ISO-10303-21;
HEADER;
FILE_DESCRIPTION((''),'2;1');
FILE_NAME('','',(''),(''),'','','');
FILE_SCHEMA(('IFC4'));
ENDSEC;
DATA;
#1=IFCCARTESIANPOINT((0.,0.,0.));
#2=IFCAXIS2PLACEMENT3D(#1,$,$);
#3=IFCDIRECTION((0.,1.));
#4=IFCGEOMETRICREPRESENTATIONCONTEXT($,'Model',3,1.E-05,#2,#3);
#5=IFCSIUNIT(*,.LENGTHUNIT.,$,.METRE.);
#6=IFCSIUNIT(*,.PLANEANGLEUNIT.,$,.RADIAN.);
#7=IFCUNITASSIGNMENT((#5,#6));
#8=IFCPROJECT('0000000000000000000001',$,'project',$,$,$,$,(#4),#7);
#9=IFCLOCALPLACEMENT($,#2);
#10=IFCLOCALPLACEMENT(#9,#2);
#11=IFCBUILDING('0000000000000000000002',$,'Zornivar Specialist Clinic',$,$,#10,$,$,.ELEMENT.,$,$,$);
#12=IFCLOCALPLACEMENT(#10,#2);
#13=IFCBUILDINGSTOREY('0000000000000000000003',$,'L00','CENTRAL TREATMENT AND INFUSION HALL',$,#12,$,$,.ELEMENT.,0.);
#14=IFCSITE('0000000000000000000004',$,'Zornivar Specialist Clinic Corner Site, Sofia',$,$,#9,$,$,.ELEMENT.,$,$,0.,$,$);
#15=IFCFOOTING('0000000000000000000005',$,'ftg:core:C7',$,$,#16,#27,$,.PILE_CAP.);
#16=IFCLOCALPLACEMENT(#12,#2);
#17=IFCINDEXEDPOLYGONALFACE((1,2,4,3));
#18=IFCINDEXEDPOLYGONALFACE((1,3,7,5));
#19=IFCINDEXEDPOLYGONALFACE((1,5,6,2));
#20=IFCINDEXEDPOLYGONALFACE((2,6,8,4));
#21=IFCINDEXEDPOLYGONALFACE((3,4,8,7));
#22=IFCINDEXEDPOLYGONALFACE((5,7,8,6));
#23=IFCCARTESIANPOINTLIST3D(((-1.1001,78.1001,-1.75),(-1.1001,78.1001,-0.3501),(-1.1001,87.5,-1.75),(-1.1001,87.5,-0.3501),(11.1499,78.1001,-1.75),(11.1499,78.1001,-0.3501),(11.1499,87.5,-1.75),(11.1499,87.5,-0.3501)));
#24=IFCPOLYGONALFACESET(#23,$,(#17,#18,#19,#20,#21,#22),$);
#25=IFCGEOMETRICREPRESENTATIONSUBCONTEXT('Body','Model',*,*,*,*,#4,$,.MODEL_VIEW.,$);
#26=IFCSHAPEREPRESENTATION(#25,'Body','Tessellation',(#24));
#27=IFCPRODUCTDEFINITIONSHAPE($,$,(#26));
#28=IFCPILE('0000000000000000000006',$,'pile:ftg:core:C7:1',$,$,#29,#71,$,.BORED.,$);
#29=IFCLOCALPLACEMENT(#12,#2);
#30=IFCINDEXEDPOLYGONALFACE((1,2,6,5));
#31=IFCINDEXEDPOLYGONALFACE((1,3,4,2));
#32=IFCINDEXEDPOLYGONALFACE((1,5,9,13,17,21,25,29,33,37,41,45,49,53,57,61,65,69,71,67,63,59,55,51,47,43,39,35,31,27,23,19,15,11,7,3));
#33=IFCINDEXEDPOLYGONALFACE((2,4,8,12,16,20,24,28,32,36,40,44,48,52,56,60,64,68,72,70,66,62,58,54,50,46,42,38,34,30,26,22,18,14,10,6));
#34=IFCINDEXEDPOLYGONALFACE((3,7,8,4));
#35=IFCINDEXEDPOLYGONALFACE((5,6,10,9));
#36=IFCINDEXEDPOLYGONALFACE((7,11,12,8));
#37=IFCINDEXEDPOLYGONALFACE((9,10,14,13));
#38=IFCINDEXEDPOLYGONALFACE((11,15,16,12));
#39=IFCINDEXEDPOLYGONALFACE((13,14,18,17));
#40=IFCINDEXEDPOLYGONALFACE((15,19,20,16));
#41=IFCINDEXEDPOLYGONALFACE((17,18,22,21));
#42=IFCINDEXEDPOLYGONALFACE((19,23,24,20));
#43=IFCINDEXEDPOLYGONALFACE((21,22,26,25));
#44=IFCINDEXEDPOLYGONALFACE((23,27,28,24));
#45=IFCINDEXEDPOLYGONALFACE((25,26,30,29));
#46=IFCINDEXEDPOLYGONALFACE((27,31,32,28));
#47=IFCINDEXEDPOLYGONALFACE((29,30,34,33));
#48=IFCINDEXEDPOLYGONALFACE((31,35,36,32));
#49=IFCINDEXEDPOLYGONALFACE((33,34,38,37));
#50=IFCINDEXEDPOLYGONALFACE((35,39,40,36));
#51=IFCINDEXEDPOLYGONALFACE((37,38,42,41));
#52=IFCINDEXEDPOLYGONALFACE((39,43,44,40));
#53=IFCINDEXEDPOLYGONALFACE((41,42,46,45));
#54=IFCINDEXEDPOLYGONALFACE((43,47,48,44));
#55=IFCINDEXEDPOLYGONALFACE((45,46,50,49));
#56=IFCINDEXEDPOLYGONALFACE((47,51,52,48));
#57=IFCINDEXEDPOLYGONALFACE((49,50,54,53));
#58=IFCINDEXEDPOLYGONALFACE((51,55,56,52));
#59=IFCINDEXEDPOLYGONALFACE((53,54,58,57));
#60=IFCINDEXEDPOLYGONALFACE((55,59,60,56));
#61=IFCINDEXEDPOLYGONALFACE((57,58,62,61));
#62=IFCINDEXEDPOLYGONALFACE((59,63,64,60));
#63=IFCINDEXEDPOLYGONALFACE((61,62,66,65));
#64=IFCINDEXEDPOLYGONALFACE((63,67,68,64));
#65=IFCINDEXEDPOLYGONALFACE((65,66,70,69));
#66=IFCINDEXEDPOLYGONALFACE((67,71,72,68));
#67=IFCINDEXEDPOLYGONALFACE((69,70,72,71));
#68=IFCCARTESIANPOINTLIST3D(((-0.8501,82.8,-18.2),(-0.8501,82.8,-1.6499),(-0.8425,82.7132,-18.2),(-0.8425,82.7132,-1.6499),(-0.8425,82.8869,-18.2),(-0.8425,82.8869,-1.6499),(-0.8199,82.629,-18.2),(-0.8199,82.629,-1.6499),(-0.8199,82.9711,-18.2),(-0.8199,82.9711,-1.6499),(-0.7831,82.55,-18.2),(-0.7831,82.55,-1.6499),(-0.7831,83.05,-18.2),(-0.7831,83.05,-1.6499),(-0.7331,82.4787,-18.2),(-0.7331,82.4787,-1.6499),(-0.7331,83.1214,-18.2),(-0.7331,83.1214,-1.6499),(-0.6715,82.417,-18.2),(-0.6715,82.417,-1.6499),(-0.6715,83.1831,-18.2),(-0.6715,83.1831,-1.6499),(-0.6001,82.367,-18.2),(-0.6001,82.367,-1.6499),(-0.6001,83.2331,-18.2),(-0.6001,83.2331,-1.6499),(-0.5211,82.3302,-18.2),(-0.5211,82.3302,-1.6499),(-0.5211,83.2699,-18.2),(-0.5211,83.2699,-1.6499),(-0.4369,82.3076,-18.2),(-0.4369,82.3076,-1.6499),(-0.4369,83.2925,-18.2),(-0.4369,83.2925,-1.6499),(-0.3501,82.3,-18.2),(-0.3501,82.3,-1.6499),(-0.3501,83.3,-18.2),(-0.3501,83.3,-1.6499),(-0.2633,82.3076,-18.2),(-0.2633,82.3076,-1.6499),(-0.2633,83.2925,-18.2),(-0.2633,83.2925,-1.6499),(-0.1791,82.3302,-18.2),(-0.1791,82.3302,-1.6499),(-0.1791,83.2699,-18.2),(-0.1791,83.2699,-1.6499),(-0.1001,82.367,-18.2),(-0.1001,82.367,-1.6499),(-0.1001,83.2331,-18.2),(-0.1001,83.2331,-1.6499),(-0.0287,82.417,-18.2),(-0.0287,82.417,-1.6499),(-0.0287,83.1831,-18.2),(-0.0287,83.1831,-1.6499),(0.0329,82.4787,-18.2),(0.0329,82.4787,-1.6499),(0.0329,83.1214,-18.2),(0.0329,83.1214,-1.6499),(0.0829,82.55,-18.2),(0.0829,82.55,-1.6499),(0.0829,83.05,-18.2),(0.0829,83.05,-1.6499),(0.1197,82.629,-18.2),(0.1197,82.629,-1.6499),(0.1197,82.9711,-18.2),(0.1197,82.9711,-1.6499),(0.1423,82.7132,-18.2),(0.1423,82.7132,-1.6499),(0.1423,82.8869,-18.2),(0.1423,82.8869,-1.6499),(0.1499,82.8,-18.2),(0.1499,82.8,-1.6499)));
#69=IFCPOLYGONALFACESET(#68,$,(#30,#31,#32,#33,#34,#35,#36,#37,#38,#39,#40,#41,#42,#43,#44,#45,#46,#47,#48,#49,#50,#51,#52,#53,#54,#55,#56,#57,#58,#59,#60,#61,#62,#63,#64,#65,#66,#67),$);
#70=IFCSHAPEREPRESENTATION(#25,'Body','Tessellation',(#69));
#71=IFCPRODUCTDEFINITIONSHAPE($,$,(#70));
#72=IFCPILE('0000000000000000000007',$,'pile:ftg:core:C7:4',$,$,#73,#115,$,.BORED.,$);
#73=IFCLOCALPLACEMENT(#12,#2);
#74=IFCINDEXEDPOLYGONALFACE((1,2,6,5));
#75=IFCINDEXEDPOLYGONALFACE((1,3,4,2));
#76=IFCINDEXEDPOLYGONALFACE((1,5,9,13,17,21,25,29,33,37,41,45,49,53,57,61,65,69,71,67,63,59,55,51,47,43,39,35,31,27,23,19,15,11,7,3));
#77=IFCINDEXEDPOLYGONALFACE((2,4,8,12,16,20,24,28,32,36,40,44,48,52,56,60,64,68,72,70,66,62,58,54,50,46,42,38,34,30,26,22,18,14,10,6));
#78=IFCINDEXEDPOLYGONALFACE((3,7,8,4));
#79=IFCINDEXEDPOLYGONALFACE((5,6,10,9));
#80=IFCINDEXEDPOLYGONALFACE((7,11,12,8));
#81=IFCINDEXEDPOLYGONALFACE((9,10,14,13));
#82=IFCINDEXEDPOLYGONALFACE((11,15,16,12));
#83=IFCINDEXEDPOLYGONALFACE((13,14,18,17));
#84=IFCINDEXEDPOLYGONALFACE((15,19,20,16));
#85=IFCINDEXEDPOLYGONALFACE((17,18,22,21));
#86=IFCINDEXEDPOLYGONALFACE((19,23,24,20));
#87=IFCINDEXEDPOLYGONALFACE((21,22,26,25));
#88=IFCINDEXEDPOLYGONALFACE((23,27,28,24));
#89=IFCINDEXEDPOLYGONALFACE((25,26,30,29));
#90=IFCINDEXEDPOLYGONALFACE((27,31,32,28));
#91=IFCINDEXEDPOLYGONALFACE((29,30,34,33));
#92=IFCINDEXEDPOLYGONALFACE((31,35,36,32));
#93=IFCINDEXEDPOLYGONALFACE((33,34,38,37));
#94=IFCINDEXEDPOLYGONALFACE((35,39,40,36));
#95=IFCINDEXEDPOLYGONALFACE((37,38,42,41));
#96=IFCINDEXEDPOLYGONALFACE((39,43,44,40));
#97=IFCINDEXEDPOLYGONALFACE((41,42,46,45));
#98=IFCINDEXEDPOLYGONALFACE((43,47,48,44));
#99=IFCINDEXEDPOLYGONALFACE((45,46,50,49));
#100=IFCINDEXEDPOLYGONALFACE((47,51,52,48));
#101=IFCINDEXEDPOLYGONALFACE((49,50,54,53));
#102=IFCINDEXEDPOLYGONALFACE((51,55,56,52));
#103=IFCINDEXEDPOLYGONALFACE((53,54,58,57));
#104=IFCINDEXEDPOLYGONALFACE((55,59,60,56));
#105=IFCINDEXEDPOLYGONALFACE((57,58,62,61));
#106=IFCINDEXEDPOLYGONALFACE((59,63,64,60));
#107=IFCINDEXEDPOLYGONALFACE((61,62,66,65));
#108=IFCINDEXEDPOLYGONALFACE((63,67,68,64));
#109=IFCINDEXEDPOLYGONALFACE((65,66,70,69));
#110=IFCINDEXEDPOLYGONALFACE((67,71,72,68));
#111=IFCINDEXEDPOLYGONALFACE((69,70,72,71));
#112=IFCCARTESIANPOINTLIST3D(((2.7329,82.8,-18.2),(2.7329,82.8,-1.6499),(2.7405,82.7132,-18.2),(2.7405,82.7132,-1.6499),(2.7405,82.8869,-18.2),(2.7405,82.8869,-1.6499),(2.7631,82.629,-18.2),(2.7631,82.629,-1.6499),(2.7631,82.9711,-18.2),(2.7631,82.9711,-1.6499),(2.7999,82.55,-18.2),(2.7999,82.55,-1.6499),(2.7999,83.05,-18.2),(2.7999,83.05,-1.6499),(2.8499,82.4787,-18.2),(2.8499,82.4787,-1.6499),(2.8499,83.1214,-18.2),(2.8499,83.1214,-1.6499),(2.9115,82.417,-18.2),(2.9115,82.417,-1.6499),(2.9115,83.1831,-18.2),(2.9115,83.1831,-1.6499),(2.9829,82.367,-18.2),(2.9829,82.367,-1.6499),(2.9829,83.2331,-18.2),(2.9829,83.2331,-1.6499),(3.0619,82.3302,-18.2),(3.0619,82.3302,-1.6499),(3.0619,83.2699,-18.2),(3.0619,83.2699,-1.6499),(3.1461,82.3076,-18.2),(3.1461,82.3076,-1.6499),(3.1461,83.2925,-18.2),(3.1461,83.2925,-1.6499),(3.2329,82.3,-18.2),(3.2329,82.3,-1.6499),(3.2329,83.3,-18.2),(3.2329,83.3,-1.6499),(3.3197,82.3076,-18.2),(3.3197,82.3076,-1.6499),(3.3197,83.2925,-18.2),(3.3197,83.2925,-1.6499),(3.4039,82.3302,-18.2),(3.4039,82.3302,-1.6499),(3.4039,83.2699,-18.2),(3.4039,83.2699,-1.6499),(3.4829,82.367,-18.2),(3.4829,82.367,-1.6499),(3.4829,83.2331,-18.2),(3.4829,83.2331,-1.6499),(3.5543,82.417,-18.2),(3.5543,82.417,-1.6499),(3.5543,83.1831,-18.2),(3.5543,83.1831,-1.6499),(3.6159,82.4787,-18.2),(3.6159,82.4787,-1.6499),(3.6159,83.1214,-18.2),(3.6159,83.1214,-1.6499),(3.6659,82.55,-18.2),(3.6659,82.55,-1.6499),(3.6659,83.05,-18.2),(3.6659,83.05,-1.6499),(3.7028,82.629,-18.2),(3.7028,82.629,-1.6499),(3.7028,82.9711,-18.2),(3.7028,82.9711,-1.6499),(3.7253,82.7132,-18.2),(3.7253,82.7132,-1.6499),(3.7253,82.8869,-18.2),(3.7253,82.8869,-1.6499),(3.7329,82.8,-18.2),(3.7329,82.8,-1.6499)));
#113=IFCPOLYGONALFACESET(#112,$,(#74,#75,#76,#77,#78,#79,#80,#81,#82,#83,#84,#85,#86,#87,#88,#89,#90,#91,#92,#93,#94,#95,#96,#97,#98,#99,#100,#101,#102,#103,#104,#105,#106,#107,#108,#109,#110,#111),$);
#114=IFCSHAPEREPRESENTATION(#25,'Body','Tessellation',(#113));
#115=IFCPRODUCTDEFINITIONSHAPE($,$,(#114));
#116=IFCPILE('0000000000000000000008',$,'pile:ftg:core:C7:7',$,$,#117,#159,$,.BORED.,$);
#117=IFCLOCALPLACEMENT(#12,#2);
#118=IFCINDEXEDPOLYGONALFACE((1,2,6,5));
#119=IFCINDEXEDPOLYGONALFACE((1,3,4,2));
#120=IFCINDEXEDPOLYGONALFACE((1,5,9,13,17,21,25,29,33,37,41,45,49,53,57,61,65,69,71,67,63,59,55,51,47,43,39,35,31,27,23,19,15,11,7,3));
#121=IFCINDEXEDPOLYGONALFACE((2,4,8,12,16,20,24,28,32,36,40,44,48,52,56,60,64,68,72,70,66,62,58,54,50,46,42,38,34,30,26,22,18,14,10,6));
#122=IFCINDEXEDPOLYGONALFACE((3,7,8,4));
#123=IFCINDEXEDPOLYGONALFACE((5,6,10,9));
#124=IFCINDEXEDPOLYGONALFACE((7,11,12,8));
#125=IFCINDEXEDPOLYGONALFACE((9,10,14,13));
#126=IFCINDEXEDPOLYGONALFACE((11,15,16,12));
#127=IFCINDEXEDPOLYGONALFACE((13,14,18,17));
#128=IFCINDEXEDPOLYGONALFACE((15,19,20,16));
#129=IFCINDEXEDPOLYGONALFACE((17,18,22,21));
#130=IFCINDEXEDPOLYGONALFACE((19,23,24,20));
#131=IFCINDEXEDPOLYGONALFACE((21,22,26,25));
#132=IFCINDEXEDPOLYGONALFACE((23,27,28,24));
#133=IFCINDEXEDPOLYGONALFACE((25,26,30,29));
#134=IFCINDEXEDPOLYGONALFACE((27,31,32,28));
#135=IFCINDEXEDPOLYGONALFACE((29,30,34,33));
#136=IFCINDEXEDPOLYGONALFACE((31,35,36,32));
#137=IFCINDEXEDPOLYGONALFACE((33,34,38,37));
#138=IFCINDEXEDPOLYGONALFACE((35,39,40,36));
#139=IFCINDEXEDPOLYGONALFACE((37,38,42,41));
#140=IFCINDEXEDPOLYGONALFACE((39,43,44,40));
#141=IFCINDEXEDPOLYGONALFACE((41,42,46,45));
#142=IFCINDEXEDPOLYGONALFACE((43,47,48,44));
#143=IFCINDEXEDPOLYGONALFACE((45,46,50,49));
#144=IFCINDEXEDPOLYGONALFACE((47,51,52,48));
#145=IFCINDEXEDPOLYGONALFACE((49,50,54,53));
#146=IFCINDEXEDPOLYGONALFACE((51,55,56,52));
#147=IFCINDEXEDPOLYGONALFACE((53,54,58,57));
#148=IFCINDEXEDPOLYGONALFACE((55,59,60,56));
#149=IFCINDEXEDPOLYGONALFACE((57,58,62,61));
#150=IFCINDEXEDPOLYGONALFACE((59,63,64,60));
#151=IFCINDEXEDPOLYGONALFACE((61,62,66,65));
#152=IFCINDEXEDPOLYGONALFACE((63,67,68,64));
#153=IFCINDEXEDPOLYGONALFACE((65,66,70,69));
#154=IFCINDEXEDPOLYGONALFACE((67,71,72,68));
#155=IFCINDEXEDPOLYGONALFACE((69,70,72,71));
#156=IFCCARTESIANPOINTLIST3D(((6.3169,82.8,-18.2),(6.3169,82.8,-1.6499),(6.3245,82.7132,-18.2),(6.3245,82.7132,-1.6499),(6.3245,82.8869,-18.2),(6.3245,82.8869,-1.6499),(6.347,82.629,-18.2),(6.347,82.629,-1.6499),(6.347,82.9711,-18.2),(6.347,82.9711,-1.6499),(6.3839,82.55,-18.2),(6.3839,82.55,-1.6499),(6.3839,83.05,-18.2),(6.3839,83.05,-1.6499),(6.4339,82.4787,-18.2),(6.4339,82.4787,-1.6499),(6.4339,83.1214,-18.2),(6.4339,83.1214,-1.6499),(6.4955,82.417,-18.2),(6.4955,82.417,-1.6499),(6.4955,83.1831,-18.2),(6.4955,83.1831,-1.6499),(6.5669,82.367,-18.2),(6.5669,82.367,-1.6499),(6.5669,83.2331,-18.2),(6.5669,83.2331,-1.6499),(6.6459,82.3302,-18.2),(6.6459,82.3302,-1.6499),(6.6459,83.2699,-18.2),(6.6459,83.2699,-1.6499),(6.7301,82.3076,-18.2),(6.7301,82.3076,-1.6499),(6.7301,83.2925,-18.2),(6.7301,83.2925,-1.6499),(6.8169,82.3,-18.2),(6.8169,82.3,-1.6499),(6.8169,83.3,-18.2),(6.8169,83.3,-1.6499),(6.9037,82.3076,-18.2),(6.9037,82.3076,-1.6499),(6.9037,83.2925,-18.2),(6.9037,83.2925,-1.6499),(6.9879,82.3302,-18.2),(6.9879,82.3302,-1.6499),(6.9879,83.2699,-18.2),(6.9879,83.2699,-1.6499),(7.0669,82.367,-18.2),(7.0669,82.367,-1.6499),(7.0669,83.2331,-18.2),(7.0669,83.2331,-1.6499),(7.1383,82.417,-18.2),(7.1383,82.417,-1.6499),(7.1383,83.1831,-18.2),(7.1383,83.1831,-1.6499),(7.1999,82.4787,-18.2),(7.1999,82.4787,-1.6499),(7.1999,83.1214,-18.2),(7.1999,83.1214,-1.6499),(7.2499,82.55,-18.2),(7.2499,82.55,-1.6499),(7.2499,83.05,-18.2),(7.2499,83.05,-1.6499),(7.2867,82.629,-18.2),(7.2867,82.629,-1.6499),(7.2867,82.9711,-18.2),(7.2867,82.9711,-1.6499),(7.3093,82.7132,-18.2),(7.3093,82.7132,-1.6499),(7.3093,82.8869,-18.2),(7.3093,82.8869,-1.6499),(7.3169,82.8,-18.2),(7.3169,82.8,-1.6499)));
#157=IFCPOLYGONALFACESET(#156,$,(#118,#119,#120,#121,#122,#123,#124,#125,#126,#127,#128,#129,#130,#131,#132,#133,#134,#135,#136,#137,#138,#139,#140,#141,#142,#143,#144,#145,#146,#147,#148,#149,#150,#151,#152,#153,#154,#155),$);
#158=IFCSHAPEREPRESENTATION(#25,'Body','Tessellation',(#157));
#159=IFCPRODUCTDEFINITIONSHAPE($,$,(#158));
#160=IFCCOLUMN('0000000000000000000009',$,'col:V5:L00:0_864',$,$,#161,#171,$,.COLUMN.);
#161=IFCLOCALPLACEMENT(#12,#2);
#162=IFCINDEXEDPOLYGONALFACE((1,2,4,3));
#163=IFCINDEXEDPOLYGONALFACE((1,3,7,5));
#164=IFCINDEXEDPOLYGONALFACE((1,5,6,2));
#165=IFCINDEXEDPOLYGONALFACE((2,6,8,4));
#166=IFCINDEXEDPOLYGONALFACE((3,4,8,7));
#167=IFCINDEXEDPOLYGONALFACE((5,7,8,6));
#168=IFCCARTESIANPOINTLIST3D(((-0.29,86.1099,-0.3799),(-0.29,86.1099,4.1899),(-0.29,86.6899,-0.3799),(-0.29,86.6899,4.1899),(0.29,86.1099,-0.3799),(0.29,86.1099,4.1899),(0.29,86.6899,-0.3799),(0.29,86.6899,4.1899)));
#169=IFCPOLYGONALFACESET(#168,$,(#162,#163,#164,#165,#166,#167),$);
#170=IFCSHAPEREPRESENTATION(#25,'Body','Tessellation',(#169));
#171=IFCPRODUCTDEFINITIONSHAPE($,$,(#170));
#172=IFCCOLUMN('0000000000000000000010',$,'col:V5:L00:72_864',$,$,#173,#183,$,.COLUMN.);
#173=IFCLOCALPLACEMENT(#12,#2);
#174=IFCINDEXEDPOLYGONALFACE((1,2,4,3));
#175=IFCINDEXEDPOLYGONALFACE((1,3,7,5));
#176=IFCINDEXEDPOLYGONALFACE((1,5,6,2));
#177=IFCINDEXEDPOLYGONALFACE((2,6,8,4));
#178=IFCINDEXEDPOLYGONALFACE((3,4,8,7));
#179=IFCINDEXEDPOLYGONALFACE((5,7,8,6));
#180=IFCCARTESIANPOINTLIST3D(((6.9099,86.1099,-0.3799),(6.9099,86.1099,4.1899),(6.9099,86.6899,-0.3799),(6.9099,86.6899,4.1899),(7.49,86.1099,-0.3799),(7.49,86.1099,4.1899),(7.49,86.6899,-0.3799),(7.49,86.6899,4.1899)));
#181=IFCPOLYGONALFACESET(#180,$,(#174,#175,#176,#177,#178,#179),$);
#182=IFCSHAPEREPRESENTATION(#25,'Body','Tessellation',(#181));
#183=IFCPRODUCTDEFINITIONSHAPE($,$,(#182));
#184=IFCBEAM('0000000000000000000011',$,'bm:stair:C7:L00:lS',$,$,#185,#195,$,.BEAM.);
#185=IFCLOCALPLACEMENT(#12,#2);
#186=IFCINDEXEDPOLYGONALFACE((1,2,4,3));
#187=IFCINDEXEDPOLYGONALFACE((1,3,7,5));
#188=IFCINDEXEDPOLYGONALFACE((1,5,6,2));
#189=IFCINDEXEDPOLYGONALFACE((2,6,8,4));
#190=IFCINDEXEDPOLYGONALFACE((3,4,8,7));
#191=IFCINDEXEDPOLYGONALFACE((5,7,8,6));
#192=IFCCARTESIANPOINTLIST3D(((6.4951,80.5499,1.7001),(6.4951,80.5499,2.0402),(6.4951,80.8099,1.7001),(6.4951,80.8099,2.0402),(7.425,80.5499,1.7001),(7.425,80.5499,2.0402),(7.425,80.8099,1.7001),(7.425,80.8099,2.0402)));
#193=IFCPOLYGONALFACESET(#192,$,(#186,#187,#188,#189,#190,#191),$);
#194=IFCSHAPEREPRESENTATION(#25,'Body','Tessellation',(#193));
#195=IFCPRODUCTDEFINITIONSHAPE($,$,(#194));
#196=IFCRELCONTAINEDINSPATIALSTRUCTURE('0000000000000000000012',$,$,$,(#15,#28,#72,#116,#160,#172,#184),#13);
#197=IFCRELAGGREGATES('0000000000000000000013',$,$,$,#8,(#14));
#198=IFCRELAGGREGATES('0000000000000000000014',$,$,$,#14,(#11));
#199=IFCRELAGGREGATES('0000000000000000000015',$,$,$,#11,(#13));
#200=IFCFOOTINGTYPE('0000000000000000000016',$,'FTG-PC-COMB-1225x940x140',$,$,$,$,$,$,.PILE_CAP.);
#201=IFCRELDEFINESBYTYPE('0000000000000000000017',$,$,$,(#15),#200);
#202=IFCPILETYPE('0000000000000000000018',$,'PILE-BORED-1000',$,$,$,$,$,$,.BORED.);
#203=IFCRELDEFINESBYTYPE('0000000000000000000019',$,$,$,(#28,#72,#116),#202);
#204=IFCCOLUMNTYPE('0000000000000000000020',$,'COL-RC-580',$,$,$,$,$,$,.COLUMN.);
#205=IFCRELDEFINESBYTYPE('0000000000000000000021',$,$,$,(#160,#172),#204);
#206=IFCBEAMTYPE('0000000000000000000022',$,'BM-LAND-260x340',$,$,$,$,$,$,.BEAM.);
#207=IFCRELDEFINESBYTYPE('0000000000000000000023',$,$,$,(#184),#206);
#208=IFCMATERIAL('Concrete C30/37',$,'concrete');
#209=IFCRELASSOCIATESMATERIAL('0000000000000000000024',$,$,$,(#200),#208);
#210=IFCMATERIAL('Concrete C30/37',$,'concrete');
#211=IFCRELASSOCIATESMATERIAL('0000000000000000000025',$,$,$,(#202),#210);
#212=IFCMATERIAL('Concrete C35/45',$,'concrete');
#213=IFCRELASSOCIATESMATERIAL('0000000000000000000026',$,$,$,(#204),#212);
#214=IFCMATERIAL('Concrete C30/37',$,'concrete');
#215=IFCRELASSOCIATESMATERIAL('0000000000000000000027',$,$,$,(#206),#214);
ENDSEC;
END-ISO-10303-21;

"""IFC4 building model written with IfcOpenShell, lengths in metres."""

from ifc_helpers import new_model, si_unit, direction, frame, origin, origin_2d, place, context, subcontext, project, spatial, rectangle, circle, extrude, material, material_profile, profile_set, type_object, element, save


model = new_model("IFC4")

# Units and contexts
model_context = context("Model", 3, precision=1e-05, world=origin(), true_north=direction((0.0, 1.0)))
body_context = subcontext(model_context, "Body", "Model", "MODEL_VIEW")
ifc_project = project(units=[si_unit("LENGTHUNIT", "METRE"), si_unit("PLANEANGLEUNIT", "RADIAN")], contexts=[model_context])

# Site, building, storey
site_placement = place(None, origin())
site = spatial("IfcSite", under=ifc_project, at=site_placement, Name="Zornivar Specialist Clinic Corner Site, Sofia", CompositionType="ELEMENT", RefElevation=0.0)
building_placement = place(site_placement, origin())
building = spatial("IfcBuilding", under=site, at=building_placement, Name="Zornivar Specialist Clinic", CompositionType="ELEMENT")
storey_placement = place(building_placement, origin())
storey = spatial("IfcBuildingStorey", under=building, at=storey_placement, Name="L00", Description="CENTRAL TREATMENT AND INFUSION HALL", CompositionType="ELEMENT", Elevation=0.0)

# Footing
ifc_material_1 = material(Name="Concrete C30/37", Category="concrete")
footing_type = type_object("IfcFootingType", Name="FTG-PC-COMB-1225x940x140", PredefinedType="PILE_CAP", material=ifc_material_1)
footing_placement = place(storey_placement, frame((5.0249, 82.8, -1.75), z_axis=(0.0, 0.0, 1.0), x_axis=(1.0, 0.0, 0.0)))
element("IfcFooting", 1, at=footing_placement, inside=storey, type_object=footing_type, Name="ftg:core:C7", PredefinedType="PILE_CAP", context=body_context, shape_type="SweptSolid", body=[
    extrude(rectangle(XDim=12.25, YDim=9.3999, at=origin_2d()), origin(), (0.0, 0.0, 1.0), 1.3999),
])

# Piles
ifc_material_2 = material(Name="Concrete C30/37", Category="concrete")
ifc_material_profile_1 = material_profile(ifc_material_2, circle(Radius=0.5, at=origin_2d()), Name="PILE D1000")
ifc_profile_set_1 = profile_set([ifc_material_profile_1], Name="Concrete C30/37")
pile_type = type_object("IfcPileType", Name="PILE-BORED-1000", PredefinedType="BORED", material=ifc_profile_set_1)
for number, where, z_axis, x_axis, name in (
    (2, (-0.3501, 82.8, -1.6499), (0.0, 0.0, -1.0), (1.0, 0.0, 0.0), "pile:ftg:core:C7:1"),
    (3, (3.2329, 82.8, -1.6499), (0.0, 0.0, -1.0), (1.0, 0.0, 0.0), "pile:ftg:core:C7:4"),
    (4, (6.8169, 82.8, -1.6499), (0.0, 0.0, -1.0), (1.0, 0.0, 0.0), "pile:ftg:core:C7:7"),
):
    element("IfcPile", number, at=place(storey_placement, frame(where, z_axis=z_axis, x_axis=x_axis)), inside=storey, type_object=pile_type, Name=name, PredefinedType="BORED", context=body_context, shape_type="SweptSolid", body=[
        extrude(circle(Radius=0.5, at=origin_2d()), origin(), (0.0, 0.0, 1.0), 16.55),
    ])

# Columns
ifc_material_3 = material(Name="Concrete C35/45", Category="concrete")
ifc_material_profile_2 = material_profile(ifc_material_3, rectangle(XDim=0.5801, YDim=0.5801, at=origin_2d()), Name="RC 580x580")
ifc_profile_set_2 = profile_set([ifc_material_profile_2], Name="Concrete C35/45")
column_type = type_object("IfcColumnType", Name="COL-RC-580", PredefinedType="COLUMN", material=ifc_profile_set_2)
for number, where, z_axis, x_axis, name in (
    (5, (0.0, 86.3999, -0.3799), (0.0, 0.0, 1.0), (1.0, 0.0, 0.0), "col:V5:L00:0_864"),
    (6, (7.2, 86.3999, -0.3799), (0.0, 0.0, 1.0), (1.0, 0.0, 0.0), "col:V5:L00:72_864"),
):
    element("IfcColumn", number, at=place(storey_placement, frame(where, z_axis=z_axis, x_axis=x_axis)), inside=storey, type_object=column_type, Name=name, PredefinedType="COLUMN", context=body_context, shape_type="SweptSolid", body=[
        extrude(rectangle(XDim=0.5801, YDim=0.5801, at=origin_2d()), origin(), (0.0, 0.0, 1.0), 4.5698),
    ])

# Beam
ifc_material_4 = material(Name="Concrete C30/37", Category="concrete")
ifc_material_profile_3 = material_profile(ifc_material_4, rectangle(XDim=0.26, YDim=0.3401, at=origin_2d()), Name="RC 260x340")
ifc_profile_set_3 = profile_set([ifc_material_profile_3], Name="Concrete C30/37")
beam_type = type_object("IfcBeamType", Name="BM-LAND-260x340", PredefinedType="BEAM", material=ifc_profile_set_3)
beam_placement = place(storey_placement, frame((6.4951, 80.6799, 1.8701), z_axis=(1.0, 0.0, 0.0), x_axis=(0.0, 1.0, 0.0)))
element("IfcBeam", 7, at=beam_placement, inside=storey, type_object=beam_type, Name="bm:stair:C7:L00:lS", PredefinedType="BEAM", context=body_context, shape_type="SweptSolid", body=[
    extrude(rectangle(XDim=0.26, YDim=0.3401, at=origin_2d()), origin(), (0.0, 0.0, 1.0), 0.9299),
])

save(model, "model.ifc")
